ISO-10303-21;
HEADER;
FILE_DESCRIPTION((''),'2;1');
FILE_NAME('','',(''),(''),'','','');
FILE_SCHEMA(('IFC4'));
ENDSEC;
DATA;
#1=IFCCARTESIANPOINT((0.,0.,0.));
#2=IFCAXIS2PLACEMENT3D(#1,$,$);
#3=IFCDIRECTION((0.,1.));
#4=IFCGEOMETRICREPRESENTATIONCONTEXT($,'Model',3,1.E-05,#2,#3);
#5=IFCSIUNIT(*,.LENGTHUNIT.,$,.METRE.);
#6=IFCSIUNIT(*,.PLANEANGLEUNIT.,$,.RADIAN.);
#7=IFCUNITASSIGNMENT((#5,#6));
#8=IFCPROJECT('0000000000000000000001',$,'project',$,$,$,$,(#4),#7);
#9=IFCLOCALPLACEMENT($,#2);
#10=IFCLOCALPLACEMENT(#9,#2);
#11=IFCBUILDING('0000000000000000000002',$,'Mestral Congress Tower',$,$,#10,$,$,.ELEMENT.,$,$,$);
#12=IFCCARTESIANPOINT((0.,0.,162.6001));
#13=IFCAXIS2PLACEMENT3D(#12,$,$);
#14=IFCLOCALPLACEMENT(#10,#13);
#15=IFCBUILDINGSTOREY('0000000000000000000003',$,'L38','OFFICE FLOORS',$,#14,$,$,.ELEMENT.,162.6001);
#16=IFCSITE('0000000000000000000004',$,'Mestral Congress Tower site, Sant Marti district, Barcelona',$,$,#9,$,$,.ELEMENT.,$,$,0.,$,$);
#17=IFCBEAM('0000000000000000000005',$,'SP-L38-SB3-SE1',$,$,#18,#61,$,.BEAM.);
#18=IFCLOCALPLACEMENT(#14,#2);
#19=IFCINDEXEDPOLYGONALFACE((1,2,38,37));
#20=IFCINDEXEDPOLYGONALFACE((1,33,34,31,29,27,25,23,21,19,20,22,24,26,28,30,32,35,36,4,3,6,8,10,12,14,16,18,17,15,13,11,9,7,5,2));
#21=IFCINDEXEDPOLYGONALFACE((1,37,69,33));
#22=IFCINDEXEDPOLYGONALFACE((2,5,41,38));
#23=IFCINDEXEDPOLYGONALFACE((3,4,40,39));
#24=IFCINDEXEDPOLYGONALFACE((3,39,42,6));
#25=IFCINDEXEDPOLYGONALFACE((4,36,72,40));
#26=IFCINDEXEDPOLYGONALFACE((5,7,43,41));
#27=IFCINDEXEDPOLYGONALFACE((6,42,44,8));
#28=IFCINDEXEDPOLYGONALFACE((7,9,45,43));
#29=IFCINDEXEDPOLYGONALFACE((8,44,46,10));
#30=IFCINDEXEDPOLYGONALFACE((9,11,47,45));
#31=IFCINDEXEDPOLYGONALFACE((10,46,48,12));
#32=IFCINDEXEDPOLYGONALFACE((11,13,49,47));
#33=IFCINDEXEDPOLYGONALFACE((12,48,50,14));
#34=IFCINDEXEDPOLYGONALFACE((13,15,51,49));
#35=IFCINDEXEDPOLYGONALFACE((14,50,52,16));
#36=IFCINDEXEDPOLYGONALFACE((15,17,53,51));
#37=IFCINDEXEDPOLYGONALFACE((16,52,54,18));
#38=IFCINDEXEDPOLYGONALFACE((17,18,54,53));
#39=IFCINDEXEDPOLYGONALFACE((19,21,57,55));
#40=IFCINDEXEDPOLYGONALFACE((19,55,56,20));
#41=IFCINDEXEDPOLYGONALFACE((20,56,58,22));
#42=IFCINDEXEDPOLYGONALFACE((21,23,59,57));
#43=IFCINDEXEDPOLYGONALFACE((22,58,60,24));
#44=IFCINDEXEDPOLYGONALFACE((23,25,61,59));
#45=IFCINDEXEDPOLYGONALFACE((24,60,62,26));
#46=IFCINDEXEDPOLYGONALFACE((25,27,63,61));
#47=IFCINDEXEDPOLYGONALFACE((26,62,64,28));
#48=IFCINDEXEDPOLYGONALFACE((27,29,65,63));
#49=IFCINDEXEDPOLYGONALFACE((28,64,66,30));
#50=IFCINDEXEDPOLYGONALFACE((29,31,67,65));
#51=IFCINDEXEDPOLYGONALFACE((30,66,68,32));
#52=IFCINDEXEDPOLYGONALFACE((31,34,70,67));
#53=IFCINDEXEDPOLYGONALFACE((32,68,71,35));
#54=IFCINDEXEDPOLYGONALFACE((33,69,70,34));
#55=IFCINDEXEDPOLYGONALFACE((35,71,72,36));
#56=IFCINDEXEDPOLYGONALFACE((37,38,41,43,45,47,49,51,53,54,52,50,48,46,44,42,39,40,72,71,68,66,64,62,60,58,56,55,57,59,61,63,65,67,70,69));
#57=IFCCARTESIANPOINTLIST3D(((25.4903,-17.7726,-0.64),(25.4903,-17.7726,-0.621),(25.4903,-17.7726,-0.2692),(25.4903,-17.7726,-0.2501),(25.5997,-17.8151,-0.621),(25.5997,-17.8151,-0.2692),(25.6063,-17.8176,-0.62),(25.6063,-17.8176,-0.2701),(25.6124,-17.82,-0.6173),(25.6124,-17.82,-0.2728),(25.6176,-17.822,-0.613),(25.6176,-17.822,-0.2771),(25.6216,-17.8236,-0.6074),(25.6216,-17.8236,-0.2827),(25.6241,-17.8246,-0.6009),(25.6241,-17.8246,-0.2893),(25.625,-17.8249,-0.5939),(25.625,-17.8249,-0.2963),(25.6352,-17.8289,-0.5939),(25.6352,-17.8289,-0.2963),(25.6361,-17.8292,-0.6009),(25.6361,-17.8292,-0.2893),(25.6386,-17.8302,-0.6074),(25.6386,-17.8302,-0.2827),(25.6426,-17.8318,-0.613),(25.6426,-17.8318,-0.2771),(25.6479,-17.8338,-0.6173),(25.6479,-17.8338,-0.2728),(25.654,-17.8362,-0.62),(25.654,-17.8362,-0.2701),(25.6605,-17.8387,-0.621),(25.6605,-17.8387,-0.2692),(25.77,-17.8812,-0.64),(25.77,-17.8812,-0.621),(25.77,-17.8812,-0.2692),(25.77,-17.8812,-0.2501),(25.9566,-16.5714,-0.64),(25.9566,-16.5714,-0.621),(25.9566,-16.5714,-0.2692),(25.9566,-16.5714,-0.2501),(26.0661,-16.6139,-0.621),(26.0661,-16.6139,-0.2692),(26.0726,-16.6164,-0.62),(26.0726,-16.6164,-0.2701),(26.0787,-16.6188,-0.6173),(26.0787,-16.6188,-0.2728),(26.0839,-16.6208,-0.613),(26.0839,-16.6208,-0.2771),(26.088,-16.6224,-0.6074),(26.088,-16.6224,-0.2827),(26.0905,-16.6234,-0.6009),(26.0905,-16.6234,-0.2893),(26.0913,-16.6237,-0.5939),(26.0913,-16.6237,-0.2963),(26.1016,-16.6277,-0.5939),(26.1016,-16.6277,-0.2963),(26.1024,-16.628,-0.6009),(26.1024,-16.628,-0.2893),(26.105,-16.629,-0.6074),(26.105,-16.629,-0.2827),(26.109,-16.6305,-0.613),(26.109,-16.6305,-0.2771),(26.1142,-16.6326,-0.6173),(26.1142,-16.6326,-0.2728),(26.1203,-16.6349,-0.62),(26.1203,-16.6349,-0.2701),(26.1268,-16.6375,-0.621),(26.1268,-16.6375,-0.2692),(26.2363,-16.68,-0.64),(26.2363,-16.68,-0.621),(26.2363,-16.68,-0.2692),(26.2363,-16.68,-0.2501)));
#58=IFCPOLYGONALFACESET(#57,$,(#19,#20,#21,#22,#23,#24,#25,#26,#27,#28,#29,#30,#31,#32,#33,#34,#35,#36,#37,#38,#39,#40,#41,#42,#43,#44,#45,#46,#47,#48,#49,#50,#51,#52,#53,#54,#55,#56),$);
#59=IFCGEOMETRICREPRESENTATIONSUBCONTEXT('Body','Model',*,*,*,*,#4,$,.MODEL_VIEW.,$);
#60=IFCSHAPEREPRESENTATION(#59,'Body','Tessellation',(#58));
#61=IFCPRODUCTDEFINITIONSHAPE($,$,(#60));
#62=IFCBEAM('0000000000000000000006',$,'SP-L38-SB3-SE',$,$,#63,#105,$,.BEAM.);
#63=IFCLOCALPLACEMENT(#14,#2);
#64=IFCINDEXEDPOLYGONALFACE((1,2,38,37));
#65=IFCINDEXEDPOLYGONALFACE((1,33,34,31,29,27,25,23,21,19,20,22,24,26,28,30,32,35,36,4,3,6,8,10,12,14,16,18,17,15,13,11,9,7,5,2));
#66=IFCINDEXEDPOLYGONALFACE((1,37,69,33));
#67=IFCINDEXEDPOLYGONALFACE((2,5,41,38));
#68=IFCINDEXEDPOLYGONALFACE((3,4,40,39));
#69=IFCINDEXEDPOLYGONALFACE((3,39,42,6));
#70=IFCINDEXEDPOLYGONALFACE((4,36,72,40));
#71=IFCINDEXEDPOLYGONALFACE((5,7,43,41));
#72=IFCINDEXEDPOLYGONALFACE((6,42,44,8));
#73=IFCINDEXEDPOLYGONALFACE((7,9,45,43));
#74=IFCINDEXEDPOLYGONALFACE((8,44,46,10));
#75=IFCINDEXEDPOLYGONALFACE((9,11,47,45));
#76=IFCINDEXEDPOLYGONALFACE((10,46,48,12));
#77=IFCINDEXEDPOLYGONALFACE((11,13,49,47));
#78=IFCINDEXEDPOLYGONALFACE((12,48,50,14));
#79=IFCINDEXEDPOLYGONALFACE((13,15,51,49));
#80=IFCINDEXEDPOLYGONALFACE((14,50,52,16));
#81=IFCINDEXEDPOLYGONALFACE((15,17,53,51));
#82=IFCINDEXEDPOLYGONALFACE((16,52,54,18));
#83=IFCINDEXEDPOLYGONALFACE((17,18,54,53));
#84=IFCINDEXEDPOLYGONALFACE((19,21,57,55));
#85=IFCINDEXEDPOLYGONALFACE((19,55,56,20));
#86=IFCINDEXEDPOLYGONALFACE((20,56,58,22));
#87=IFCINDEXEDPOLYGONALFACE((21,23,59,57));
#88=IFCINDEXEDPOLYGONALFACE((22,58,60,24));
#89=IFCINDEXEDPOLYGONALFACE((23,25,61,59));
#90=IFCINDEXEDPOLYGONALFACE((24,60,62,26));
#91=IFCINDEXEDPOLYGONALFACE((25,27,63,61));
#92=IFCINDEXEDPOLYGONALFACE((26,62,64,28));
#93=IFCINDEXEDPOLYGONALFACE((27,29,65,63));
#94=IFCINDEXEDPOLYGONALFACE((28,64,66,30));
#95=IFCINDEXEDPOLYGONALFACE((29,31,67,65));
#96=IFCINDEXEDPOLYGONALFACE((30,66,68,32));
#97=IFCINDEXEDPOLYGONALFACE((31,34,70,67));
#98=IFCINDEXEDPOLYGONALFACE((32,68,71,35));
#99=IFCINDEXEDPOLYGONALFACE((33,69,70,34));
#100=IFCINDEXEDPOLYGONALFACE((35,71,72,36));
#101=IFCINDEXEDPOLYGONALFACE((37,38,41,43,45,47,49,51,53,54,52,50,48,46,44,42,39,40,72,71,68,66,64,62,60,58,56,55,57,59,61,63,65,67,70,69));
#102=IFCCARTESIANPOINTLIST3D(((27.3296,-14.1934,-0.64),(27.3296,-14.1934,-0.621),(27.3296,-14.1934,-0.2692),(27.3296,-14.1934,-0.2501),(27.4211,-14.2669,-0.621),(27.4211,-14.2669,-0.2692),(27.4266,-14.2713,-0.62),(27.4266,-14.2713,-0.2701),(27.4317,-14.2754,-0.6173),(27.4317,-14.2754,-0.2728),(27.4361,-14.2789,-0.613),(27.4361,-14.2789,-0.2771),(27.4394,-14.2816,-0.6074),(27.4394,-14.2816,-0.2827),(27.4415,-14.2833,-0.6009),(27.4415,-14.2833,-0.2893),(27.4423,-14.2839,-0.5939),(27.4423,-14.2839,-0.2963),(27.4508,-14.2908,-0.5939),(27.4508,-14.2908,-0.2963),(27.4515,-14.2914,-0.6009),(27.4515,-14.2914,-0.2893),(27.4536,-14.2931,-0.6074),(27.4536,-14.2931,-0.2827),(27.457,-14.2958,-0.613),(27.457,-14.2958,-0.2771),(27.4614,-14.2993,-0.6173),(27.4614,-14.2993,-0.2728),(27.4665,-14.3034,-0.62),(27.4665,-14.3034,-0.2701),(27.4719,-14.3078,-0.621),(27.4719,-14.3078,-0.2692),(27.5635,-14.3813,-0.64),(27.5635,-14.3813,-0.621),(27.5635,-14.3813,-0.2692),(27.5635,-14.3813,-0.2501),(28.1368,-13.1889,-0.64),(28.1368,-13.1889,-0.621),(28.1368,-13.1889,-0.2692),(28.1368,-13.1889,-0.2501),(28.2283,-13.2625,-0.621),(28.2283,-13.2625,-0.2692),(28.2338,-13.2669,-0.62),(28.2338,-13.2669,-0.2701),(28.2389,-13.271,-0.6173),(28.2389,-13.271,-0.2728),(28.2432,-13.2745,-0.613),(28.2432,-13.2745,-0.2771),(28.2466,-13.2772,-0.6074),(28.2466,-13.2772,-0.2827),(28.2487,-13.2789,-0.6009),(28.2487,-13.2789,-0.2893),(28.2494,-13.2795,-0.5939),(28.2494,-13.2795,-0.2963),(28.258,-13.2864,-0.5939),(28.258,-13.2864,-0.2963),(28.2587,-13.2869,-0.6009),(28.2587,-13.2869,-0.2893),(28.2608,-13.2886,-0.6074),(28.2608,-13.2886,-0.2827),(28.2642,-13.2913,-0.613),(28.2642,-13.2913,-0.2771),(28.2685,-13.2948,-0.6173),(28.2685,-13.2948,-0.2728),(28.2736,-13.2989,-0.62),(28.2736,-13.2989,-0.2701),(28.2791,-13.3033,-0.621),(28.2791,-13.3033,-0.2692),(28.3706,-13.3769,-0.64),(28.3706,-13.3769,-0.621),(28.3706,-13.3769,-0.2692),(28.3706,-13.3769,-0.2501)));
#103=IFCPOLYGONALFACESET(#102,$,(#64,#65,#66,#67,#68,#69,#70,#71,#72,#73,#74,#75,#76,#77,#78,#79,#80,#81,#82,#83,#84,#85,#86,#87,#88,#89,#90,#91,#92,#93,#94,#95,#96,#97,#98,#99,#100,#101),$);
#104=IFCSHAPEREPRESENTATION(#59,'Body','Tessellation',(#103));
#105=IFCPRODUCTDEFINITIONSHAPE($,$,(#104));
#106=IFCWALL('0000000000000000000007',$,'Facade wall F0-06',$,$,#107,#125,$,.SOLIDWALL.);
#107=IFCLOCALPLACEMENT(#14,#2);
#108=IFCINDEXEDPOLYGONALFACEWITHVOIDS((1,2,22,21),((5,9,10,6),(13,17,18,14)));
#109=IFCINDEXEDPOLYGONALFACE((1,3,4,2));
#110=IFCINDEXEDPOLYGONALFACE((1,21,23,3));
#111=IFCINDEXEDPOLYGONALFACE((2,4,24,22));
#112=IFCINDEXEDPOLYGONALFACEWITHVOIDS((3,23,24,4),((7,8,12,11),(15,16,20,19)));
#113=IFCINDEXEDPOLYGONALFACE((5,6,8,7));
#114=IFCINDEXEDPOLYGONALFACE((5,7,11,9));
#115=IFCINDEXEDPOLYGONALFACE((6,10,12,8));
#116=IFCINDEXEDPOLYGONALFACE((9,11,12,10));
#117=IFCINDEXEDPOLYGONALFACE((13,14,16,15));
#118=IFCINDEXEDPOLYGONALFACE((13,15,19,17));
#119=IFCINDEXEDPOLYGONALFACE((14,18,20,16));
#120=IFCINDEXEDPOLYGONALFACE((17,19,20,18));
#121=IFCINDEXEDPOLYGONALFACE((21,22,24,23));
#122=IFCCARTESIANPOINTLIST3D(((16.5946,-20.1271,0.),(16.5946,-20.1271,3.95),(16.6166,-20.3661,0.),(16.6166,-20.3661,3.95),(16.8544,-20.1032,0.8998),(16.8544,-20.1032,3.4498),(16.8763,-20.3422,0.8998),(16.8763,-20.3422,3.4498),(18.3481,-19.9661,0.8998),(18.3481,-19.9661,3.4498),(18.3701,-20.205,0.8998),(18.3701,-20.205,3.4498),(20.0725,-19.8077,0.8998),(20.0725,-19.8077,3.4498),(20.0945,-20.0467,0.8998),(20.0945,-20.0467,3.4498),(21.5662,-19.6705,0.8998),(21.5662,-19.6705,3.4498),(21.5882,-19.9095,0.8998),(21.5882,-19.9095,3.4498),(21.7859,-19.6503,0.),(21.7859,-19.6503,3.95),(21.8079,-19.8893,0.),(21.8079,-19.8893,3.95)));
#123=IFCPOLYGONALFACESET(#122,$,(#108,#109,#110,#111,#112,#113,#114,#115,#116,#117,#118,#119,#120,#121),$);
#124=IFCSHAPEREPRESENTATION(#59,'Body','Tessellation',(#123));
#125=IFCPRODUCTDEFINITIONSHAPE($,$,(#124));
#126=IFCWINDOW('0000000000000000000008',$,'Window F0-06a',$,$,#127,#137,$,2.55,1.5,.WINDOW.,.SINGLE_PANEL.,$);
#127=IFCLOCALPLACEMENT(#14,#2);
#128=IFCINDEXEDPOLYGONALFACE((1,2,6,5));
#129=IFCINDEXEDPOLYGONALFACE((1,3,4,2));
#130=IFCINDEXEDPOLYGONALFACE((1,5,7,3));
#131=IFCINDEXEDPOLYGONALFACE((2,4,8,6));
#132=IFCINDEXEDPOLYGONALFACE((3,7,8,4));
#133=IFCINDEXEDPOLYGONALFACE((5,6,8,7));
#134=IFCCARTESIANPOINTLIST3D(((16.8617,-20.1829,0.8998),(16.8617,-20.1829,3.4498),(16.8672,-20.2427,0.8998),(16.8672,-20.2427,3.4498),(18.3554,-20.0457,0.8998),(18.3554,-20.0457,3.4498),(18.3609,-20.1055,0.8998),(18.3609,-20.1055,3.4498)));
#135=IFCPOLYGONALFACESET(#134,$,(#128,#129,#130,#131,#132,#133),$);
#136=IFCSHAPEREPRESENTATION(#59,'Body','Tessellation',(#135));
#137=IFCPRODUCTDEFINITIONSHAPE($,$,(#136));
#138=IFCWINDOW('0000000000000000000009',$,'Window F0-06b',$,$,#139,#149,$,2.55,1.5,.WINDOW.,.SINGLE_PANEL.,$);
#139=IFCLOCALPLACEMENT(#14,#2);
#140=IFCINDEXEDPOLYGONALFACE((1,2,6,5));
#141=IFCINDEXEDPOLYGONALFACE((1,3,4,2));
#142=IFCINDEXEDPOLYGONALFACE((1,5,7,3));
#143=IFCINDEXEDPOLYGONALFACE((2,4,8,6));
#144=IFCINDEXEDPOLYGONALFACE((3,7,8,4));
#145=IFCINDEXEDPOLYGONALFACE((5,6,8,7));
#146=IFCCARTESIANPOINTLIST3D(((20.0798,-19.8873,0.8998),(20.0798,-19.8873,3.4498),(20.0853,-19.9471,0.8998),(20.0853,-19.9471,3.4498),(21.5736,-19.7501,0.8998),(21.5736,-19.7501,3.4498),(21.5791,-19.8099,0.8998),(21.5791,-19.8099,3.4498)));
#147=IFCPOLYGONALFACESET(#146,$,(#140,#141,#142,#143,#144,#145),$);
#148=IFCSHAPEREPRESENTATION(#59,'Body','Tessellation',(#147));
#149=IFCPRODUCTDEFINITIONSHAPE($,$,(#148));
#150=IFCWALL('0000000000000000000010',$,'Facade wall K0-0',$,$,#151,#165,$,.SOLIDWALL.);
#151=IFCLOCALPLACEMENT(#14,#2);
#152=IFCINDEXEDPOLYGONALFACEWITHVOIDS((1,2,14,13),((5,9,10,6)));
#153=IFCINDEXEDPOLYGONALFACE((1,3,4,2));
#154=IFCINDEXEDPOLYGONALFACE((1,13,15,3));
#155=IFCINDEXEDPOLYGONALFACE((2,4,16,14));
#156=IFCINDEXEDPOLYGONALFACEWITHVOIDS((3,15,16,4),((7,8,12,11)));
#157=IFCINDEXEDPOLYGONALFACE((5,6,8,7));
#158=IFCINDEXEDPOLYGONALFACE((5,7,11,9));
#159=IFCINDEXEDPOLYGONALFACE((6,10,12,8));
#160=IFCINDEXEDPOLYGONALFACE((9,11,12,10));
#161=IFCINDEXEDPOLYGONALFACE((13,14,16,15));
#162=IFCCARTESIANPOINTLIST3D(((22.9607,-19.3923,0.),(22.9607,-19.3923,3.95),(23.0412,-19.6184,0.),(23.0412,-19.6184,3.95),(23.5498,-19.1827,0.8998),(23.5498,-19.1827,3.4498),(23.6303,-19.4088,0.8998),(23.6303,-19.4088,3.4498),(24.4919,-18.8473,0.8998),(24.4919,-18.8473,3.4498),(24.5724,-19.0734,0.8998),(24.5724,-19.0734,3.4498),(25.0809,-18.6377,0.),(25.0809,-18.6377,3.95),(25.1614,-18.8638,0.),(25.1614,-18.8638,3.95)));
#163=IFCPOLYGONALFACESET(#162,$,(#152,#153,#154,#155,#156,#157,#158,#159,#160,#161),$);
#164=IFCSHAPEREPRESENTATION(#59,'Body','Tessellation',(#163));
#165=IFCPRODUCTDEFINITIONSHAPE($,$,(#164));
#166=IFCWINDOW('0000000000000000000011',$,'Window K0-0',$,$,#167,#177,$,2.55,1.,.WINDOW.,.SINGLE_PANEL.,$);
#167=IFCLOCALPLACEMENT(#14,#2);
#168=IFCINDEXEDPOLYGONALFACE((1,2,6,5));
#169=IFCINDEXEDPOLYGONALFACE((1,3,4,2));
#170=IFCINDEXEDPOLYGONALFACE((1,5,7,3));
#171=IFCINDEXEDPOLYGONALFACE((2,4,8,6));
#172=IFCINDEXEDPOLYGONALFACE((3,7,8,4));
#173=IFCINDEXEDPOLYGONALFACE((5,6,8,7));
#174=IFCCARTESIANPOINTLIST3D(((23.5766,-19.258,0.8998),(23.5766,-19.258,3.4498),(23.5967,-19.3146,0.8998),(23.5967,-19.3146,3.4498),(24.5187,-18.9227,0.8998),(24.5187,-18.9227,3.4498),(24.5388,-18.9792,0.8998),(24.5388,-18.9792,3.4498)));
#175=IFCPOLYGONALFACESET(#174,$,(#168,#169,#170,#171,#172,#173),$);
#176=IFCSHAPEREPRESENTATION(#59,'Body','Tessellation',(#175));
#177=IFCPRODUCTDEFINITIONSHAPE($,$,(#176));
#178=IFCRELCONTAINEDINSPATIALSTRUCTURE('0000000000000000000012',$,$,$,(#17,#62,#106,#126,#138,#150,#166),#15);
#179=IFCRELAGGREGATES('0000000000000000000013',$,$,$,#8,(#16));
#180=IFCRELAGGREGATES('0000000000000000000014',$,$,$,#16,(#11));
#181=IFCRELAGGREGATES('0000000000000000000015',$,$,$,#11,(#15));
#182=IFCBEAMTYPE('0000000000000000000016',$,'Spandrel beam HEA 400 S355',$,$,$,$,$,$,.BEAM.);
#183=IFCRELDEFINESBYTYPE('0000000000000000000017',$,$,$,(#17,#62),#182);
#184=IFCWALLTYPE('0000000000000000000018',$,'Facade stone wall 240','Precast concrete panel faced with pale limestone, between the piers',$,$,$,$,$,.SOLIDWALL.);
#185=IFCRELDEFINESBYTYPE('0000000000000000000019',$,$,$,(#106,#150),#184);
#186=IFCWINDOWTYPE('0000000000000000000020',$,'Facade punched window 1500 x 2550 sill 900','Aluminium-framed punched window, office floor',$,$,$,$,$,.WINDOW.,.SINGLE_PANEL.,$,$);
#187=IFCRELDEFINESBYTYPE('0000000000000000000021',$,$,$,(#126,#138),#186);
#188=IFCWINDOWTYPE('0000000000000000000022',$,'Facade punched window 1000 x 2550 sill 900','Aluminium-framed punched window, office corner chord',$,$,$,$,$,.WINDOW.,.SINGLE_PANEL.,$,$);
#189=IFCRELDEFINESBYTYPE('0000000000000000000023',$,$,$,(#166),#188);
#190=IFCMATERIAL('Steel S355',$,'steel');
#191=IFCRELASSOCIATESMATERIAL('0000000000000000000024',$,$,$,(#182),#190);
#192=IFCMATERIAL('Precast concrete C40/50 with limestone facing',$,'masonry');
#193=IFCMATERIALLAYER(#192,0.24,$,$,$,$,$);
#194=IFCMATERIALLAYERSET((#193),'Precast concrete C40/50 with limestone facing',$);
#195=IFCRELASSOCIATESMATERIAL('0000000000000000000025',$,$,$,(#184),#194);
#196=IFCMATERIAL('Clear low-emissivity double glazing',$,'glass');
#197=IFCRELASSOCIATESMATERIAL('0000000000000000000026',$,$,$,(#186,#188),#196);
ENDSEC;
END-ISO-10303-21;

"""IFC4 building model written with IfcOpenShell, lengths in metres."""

from ifc_helpers import new_model, si_unit, direction, frame, frame_2d, origin, origin_2d, place, context, subcontext, project, spatial, rectangle, i_section, extrude, material, layer, layer_set, material_profile, profile_set, type_object, element, fill, save


model = new_model("IFC4")

# Units and contexts
model_context = context("Model", 3, precision=1e-05, world=origin(), true_north=direction((0.0, 1.0)))
body_context = subcontext(model_context, "Body", "Model", "MODEL_VIEW")
ifc_project = project(units=[si_unit("LENGTHUNIT", "METRE"), si_unit("PLANEANGLEUNIT", "RADIAN")], contexts=[model_context])

# Site, building, storey
site_placement = place(None, origin())
site = spatial("IfcSite", under=ifc_project, at=site_placement, Name="Mestral Congress Tower site, Sant Marti district, Barcelona", CompositionType="ELEMENT", RefElevation=0.0)
building_placement = place(site_placement, origin())
building = spatial("IfcBuilding", under=site, at=building_placement, Name="Mestral Congress Tower", CompositionType="ELEMENT")
storey_placement = place(building_placement, frame((0.0, 0.0, 162.6001)))
storey = spatial("IfcBuildingStorey", under=building, at=storey_placement, Name="L38", Description="OFFICE FLOORS", CompositionType="ELEMENT", Elevation=162.6001)

# Beams
ifc_material_1 = material(Name="Steel S355", Category="steel")
ifc_material_profile_1 = material_profile(ifc_material_1, i_section(OverallWidth=0.3, OverallDepth=0.3899, WebThickness=0.011, FlangeThickness=0.019, FilletRadius=0.0271, at=origin_2d()), Name="HEA 400")
ifc_profile_set_1 = profile_set([ifc_material_profile_1], Name="Steel S355")
beam_type_1 = type_object("IfcBeamType", Name="Spandrel beam HEA 400 S355", PredefinedType="BEAM", material=ifc_profile_set_1)
for number, where, z_axis, x_axis, name in (
    (1, (25.6301, -17.8269, -0.4451), (0.361898, 0.932218, 0.0), (-0.932218, 0.361898, 0.0), "SP-L38-SB3-SE1"),
    (2, (27.4465, -14.2874, -0.4451), (0.626403, 0.779499, 0.0), (-0.779499, 0.626403, 0.0), "SP-L38-SB3-SE"),
):
    element("IfcBeam", number, at=place(storey_placement, frame(where, z_axis=z_axis, x_axis=x_axis)), inside=storey, type_object=beam_type_1, Name=name, PredefinedType="BEAM", context=body_context, shape_type="SweptSolid", body=[
        extrude(i_section(OverallWidth=0.3, OverallDepth=0.3899, WebThickness=0.011, FlangeThickness=0.019, FilletRadius=0.0271, at=origin_2d()), origin(), (0.0, 0.0, 1.0), 1.2886),
    ])

# Wall, openings, windows
ifc_material_2 = material(Name="Precast concrete C40/50 with limestone facing", Category="masonry")
ifc_layer_1 = layer(ifc_material_2, 0.24)
ifc_layer_set_1 = layer_set([ifc_layer_1], Name="Precast concrete C40/50 with limestone facing")
wall_type_1 = type_object("IfcWallType", Name="Facade stone wall 240", Description="Precast concrete panel faced with pale limestone, between the piers", PredefinedType="SOLIDWALL", material=ifc_layer_set_1)
wall_1_placement = place(storey_placement, frame((16.6057, -20.2466, 0.0), z_axis=(0.0, 0.0, 1.0), x_axis=(0.995809, 0.09146, 0.0)))
wall_1 = element("IfcWall", 3, at=wall_1_placement, inside=storey, type_object=wall_type_1, Name="Facade wall F0-06", PredefinedType="SOLIDWALL", context=body_context, shape_type="SweptSolid", body=[
    extrude(rectangle(XDim=5.2131, YDim=0.24, at=frame_2d((2.6064, 0.0))), origin(), (0.0, 0.0, 1.0), 3.95),
])
opening_1_placement = place(wall_1_placement, frame((0.2607, 0.0, 0.8999)))
opening_1 = element("IfcOpeningElement", 4, at=opening_1_placement, cuts=wall_1, PredefinedType="OPENING", context=body_context, shape_type="SweptSolid", body=[
    extrude(rectangle(XDim=1.5, YDim=2.55, at=frame_2d((0.75, 1.2749))), frame((0.0, 0.1299, 0.0), z_axis=(0.0, -1.0, 0.0), x_axis=(1.0, 0.0, 0.0)), (0.0, 0.0, 1.0), 0.26),
])
opening_2_placement = place(wall_1_placement, frame((3.4924, 0.0, 0.8999)))
opening_2 = element("IfcOpeningElement", 5, at=opening_2_placement, cuts=wall_1, PredefinedType="OPENING", context=body_context, shape_type="SweptSolid", body=[
    extrude(rectangle(XDim=1.5, YDim=2.55, at=frame_2d((0.75, 1.2749))), frame((0.0, 0.1299, 0.0), z_axis=(0.0, -1.0, 0.0), x_axis=(1.0, 0.0, 0.0)), (0.0, 0.0, 1.0), 0.26),
])
ifc_material_3 = material(Name="Clear low-emissivity double glazing", Category="glass")
window_type_1 = type_object("IfcWindowType", Name="Facade punched window 1500 x 2550 sill 900", Description="Aluminium-framed punched window, office floor", PartitioningType="SINGLE_PANEL", PredefinedType="WINDOW", material=ifc_material_3)
window_1_placement = place(opening_1_placement, origin())
window_1 = element("IfcWindow", 6, at=window_1_placement, inside=storey, type_object=window_type_1, Name="Window F0-06a", OverallHeight=2.55, OverallWidth=1.5, PartitioningType="SINGLE_PANEL", PredefinedType="WINDOW", context=body_context, shape_type="SweptSolid", body=[
    extrude(rectangle(XDim=1.5, YDim=2.55, at=frame_2d((0.75, 1.2749))), frame((0.0, 0.04, 0.0), z_axis=(0.0, -1.0, 0.0), x_axis=(1.0, 0.0, 0.0)), (0.0, 0.0, 1.0), 0.0601),
])
fill(opening_1, window_1)
window_2_placement = place(opening_2_placement, origin())
window_2 = element("IfcWindow", 7, at=window_2_placement, inside=storey, type_object=window_type_1, Name="Window F0-06b", OverallHeight=2.55, OverallWidth=1.5, PartitioningType="SINGLE_PANEL", PredefinedType="WINDOW", context=body_context, shape_type="SweptSolid", body=[
    extrude(rectangle(XDim=1.5, YDim=2.55, at=frame_2d((0.75, 1.2749))), frame((0.0, 0.04, 0.0), z_axis=(0.0, -1.0, 0.0), x_axis=(1.0, 0.0, 0.0)), (0.0, 0.0, 1.0), 0.0601),
])
fill(opening_2, window_2)

# Wall, opening, window
wall_2_placement = place(storey_placement, frame((23.001, -19.5054, 0.0), z_axis=(0.0, 0.0, 1.0), x_axis=(0.9421, 0.335333, 0.0)))
wall_2 = element("IfcWall", 8, at=wall_2_placement, inside=storey, type_object=wall_type_1, Name="Facade wall K0-0", PredefinedType="SOLIDWALL", context=body_context, shape_type="SweptSolid", body=[
    extrude(rectangle(XDim=2.2505, YDim=0.24, at=frame_2d((1.1252, 0.0))), origin(), (0.0, 0.0, 1.0), 3.95),
])
opening_3_placement = place(wall_2_placement, frame((0.6252, 0.0, 0.8999)))
opening_3 = element("IfcOpeningElement", 9, at=opening_3_placement, cuts=wall_2, PredefinedType="OPENING", context=body_context, shape_type="SweptSolid", body=[
    extrude(rectangle(XDim=1.0, YDim=2.55, at=frame_2d((0.5, 1.2749))), frame((0.0, 0.1299, 0.0), z_axis=(0.0, -1.0, 0.0), x_axis=(1.0, 0.0, 0.0)), (0.0, 0.0, 1.0), 0.26),
])
window_type_2 = type_object("IfcWindowType", Name="Facade punched window 1000 x 2550 sill 900", Description="Aluminium-framed punched window, office corner chord", PartitioningType="SINGLE_PANEL", PredefinedType="WINDOW", material=ifc_material_3)
window_3_placement = place(opening_3_placement, origin())
window_3 = element("IfcWindow", 10, at=window_3_placement, inside=storey, type_object=window_type_2, Name="Window K0-0", OverallHeight=2.55, OverallWidth=1.0, PartitioningType="SINGLE_PANEL", PredefinedType="WINDOW", context=body_context, shape_type="SweptSolid", body=[
    extrude(rectangle(XDim=1.0, YDim=2.55, at=frame_2d((0.5, 1.2749))), frame((0.0, 0.04, 0.0), z_axis=(0.0, -1.0, 0.0), x_axis=(1.0, 0.0, 0.0)), (0.0, 0.0, 1.0), 0.0601),
])
fill(opening_3, window_3)

save(model, "model.ifc")
